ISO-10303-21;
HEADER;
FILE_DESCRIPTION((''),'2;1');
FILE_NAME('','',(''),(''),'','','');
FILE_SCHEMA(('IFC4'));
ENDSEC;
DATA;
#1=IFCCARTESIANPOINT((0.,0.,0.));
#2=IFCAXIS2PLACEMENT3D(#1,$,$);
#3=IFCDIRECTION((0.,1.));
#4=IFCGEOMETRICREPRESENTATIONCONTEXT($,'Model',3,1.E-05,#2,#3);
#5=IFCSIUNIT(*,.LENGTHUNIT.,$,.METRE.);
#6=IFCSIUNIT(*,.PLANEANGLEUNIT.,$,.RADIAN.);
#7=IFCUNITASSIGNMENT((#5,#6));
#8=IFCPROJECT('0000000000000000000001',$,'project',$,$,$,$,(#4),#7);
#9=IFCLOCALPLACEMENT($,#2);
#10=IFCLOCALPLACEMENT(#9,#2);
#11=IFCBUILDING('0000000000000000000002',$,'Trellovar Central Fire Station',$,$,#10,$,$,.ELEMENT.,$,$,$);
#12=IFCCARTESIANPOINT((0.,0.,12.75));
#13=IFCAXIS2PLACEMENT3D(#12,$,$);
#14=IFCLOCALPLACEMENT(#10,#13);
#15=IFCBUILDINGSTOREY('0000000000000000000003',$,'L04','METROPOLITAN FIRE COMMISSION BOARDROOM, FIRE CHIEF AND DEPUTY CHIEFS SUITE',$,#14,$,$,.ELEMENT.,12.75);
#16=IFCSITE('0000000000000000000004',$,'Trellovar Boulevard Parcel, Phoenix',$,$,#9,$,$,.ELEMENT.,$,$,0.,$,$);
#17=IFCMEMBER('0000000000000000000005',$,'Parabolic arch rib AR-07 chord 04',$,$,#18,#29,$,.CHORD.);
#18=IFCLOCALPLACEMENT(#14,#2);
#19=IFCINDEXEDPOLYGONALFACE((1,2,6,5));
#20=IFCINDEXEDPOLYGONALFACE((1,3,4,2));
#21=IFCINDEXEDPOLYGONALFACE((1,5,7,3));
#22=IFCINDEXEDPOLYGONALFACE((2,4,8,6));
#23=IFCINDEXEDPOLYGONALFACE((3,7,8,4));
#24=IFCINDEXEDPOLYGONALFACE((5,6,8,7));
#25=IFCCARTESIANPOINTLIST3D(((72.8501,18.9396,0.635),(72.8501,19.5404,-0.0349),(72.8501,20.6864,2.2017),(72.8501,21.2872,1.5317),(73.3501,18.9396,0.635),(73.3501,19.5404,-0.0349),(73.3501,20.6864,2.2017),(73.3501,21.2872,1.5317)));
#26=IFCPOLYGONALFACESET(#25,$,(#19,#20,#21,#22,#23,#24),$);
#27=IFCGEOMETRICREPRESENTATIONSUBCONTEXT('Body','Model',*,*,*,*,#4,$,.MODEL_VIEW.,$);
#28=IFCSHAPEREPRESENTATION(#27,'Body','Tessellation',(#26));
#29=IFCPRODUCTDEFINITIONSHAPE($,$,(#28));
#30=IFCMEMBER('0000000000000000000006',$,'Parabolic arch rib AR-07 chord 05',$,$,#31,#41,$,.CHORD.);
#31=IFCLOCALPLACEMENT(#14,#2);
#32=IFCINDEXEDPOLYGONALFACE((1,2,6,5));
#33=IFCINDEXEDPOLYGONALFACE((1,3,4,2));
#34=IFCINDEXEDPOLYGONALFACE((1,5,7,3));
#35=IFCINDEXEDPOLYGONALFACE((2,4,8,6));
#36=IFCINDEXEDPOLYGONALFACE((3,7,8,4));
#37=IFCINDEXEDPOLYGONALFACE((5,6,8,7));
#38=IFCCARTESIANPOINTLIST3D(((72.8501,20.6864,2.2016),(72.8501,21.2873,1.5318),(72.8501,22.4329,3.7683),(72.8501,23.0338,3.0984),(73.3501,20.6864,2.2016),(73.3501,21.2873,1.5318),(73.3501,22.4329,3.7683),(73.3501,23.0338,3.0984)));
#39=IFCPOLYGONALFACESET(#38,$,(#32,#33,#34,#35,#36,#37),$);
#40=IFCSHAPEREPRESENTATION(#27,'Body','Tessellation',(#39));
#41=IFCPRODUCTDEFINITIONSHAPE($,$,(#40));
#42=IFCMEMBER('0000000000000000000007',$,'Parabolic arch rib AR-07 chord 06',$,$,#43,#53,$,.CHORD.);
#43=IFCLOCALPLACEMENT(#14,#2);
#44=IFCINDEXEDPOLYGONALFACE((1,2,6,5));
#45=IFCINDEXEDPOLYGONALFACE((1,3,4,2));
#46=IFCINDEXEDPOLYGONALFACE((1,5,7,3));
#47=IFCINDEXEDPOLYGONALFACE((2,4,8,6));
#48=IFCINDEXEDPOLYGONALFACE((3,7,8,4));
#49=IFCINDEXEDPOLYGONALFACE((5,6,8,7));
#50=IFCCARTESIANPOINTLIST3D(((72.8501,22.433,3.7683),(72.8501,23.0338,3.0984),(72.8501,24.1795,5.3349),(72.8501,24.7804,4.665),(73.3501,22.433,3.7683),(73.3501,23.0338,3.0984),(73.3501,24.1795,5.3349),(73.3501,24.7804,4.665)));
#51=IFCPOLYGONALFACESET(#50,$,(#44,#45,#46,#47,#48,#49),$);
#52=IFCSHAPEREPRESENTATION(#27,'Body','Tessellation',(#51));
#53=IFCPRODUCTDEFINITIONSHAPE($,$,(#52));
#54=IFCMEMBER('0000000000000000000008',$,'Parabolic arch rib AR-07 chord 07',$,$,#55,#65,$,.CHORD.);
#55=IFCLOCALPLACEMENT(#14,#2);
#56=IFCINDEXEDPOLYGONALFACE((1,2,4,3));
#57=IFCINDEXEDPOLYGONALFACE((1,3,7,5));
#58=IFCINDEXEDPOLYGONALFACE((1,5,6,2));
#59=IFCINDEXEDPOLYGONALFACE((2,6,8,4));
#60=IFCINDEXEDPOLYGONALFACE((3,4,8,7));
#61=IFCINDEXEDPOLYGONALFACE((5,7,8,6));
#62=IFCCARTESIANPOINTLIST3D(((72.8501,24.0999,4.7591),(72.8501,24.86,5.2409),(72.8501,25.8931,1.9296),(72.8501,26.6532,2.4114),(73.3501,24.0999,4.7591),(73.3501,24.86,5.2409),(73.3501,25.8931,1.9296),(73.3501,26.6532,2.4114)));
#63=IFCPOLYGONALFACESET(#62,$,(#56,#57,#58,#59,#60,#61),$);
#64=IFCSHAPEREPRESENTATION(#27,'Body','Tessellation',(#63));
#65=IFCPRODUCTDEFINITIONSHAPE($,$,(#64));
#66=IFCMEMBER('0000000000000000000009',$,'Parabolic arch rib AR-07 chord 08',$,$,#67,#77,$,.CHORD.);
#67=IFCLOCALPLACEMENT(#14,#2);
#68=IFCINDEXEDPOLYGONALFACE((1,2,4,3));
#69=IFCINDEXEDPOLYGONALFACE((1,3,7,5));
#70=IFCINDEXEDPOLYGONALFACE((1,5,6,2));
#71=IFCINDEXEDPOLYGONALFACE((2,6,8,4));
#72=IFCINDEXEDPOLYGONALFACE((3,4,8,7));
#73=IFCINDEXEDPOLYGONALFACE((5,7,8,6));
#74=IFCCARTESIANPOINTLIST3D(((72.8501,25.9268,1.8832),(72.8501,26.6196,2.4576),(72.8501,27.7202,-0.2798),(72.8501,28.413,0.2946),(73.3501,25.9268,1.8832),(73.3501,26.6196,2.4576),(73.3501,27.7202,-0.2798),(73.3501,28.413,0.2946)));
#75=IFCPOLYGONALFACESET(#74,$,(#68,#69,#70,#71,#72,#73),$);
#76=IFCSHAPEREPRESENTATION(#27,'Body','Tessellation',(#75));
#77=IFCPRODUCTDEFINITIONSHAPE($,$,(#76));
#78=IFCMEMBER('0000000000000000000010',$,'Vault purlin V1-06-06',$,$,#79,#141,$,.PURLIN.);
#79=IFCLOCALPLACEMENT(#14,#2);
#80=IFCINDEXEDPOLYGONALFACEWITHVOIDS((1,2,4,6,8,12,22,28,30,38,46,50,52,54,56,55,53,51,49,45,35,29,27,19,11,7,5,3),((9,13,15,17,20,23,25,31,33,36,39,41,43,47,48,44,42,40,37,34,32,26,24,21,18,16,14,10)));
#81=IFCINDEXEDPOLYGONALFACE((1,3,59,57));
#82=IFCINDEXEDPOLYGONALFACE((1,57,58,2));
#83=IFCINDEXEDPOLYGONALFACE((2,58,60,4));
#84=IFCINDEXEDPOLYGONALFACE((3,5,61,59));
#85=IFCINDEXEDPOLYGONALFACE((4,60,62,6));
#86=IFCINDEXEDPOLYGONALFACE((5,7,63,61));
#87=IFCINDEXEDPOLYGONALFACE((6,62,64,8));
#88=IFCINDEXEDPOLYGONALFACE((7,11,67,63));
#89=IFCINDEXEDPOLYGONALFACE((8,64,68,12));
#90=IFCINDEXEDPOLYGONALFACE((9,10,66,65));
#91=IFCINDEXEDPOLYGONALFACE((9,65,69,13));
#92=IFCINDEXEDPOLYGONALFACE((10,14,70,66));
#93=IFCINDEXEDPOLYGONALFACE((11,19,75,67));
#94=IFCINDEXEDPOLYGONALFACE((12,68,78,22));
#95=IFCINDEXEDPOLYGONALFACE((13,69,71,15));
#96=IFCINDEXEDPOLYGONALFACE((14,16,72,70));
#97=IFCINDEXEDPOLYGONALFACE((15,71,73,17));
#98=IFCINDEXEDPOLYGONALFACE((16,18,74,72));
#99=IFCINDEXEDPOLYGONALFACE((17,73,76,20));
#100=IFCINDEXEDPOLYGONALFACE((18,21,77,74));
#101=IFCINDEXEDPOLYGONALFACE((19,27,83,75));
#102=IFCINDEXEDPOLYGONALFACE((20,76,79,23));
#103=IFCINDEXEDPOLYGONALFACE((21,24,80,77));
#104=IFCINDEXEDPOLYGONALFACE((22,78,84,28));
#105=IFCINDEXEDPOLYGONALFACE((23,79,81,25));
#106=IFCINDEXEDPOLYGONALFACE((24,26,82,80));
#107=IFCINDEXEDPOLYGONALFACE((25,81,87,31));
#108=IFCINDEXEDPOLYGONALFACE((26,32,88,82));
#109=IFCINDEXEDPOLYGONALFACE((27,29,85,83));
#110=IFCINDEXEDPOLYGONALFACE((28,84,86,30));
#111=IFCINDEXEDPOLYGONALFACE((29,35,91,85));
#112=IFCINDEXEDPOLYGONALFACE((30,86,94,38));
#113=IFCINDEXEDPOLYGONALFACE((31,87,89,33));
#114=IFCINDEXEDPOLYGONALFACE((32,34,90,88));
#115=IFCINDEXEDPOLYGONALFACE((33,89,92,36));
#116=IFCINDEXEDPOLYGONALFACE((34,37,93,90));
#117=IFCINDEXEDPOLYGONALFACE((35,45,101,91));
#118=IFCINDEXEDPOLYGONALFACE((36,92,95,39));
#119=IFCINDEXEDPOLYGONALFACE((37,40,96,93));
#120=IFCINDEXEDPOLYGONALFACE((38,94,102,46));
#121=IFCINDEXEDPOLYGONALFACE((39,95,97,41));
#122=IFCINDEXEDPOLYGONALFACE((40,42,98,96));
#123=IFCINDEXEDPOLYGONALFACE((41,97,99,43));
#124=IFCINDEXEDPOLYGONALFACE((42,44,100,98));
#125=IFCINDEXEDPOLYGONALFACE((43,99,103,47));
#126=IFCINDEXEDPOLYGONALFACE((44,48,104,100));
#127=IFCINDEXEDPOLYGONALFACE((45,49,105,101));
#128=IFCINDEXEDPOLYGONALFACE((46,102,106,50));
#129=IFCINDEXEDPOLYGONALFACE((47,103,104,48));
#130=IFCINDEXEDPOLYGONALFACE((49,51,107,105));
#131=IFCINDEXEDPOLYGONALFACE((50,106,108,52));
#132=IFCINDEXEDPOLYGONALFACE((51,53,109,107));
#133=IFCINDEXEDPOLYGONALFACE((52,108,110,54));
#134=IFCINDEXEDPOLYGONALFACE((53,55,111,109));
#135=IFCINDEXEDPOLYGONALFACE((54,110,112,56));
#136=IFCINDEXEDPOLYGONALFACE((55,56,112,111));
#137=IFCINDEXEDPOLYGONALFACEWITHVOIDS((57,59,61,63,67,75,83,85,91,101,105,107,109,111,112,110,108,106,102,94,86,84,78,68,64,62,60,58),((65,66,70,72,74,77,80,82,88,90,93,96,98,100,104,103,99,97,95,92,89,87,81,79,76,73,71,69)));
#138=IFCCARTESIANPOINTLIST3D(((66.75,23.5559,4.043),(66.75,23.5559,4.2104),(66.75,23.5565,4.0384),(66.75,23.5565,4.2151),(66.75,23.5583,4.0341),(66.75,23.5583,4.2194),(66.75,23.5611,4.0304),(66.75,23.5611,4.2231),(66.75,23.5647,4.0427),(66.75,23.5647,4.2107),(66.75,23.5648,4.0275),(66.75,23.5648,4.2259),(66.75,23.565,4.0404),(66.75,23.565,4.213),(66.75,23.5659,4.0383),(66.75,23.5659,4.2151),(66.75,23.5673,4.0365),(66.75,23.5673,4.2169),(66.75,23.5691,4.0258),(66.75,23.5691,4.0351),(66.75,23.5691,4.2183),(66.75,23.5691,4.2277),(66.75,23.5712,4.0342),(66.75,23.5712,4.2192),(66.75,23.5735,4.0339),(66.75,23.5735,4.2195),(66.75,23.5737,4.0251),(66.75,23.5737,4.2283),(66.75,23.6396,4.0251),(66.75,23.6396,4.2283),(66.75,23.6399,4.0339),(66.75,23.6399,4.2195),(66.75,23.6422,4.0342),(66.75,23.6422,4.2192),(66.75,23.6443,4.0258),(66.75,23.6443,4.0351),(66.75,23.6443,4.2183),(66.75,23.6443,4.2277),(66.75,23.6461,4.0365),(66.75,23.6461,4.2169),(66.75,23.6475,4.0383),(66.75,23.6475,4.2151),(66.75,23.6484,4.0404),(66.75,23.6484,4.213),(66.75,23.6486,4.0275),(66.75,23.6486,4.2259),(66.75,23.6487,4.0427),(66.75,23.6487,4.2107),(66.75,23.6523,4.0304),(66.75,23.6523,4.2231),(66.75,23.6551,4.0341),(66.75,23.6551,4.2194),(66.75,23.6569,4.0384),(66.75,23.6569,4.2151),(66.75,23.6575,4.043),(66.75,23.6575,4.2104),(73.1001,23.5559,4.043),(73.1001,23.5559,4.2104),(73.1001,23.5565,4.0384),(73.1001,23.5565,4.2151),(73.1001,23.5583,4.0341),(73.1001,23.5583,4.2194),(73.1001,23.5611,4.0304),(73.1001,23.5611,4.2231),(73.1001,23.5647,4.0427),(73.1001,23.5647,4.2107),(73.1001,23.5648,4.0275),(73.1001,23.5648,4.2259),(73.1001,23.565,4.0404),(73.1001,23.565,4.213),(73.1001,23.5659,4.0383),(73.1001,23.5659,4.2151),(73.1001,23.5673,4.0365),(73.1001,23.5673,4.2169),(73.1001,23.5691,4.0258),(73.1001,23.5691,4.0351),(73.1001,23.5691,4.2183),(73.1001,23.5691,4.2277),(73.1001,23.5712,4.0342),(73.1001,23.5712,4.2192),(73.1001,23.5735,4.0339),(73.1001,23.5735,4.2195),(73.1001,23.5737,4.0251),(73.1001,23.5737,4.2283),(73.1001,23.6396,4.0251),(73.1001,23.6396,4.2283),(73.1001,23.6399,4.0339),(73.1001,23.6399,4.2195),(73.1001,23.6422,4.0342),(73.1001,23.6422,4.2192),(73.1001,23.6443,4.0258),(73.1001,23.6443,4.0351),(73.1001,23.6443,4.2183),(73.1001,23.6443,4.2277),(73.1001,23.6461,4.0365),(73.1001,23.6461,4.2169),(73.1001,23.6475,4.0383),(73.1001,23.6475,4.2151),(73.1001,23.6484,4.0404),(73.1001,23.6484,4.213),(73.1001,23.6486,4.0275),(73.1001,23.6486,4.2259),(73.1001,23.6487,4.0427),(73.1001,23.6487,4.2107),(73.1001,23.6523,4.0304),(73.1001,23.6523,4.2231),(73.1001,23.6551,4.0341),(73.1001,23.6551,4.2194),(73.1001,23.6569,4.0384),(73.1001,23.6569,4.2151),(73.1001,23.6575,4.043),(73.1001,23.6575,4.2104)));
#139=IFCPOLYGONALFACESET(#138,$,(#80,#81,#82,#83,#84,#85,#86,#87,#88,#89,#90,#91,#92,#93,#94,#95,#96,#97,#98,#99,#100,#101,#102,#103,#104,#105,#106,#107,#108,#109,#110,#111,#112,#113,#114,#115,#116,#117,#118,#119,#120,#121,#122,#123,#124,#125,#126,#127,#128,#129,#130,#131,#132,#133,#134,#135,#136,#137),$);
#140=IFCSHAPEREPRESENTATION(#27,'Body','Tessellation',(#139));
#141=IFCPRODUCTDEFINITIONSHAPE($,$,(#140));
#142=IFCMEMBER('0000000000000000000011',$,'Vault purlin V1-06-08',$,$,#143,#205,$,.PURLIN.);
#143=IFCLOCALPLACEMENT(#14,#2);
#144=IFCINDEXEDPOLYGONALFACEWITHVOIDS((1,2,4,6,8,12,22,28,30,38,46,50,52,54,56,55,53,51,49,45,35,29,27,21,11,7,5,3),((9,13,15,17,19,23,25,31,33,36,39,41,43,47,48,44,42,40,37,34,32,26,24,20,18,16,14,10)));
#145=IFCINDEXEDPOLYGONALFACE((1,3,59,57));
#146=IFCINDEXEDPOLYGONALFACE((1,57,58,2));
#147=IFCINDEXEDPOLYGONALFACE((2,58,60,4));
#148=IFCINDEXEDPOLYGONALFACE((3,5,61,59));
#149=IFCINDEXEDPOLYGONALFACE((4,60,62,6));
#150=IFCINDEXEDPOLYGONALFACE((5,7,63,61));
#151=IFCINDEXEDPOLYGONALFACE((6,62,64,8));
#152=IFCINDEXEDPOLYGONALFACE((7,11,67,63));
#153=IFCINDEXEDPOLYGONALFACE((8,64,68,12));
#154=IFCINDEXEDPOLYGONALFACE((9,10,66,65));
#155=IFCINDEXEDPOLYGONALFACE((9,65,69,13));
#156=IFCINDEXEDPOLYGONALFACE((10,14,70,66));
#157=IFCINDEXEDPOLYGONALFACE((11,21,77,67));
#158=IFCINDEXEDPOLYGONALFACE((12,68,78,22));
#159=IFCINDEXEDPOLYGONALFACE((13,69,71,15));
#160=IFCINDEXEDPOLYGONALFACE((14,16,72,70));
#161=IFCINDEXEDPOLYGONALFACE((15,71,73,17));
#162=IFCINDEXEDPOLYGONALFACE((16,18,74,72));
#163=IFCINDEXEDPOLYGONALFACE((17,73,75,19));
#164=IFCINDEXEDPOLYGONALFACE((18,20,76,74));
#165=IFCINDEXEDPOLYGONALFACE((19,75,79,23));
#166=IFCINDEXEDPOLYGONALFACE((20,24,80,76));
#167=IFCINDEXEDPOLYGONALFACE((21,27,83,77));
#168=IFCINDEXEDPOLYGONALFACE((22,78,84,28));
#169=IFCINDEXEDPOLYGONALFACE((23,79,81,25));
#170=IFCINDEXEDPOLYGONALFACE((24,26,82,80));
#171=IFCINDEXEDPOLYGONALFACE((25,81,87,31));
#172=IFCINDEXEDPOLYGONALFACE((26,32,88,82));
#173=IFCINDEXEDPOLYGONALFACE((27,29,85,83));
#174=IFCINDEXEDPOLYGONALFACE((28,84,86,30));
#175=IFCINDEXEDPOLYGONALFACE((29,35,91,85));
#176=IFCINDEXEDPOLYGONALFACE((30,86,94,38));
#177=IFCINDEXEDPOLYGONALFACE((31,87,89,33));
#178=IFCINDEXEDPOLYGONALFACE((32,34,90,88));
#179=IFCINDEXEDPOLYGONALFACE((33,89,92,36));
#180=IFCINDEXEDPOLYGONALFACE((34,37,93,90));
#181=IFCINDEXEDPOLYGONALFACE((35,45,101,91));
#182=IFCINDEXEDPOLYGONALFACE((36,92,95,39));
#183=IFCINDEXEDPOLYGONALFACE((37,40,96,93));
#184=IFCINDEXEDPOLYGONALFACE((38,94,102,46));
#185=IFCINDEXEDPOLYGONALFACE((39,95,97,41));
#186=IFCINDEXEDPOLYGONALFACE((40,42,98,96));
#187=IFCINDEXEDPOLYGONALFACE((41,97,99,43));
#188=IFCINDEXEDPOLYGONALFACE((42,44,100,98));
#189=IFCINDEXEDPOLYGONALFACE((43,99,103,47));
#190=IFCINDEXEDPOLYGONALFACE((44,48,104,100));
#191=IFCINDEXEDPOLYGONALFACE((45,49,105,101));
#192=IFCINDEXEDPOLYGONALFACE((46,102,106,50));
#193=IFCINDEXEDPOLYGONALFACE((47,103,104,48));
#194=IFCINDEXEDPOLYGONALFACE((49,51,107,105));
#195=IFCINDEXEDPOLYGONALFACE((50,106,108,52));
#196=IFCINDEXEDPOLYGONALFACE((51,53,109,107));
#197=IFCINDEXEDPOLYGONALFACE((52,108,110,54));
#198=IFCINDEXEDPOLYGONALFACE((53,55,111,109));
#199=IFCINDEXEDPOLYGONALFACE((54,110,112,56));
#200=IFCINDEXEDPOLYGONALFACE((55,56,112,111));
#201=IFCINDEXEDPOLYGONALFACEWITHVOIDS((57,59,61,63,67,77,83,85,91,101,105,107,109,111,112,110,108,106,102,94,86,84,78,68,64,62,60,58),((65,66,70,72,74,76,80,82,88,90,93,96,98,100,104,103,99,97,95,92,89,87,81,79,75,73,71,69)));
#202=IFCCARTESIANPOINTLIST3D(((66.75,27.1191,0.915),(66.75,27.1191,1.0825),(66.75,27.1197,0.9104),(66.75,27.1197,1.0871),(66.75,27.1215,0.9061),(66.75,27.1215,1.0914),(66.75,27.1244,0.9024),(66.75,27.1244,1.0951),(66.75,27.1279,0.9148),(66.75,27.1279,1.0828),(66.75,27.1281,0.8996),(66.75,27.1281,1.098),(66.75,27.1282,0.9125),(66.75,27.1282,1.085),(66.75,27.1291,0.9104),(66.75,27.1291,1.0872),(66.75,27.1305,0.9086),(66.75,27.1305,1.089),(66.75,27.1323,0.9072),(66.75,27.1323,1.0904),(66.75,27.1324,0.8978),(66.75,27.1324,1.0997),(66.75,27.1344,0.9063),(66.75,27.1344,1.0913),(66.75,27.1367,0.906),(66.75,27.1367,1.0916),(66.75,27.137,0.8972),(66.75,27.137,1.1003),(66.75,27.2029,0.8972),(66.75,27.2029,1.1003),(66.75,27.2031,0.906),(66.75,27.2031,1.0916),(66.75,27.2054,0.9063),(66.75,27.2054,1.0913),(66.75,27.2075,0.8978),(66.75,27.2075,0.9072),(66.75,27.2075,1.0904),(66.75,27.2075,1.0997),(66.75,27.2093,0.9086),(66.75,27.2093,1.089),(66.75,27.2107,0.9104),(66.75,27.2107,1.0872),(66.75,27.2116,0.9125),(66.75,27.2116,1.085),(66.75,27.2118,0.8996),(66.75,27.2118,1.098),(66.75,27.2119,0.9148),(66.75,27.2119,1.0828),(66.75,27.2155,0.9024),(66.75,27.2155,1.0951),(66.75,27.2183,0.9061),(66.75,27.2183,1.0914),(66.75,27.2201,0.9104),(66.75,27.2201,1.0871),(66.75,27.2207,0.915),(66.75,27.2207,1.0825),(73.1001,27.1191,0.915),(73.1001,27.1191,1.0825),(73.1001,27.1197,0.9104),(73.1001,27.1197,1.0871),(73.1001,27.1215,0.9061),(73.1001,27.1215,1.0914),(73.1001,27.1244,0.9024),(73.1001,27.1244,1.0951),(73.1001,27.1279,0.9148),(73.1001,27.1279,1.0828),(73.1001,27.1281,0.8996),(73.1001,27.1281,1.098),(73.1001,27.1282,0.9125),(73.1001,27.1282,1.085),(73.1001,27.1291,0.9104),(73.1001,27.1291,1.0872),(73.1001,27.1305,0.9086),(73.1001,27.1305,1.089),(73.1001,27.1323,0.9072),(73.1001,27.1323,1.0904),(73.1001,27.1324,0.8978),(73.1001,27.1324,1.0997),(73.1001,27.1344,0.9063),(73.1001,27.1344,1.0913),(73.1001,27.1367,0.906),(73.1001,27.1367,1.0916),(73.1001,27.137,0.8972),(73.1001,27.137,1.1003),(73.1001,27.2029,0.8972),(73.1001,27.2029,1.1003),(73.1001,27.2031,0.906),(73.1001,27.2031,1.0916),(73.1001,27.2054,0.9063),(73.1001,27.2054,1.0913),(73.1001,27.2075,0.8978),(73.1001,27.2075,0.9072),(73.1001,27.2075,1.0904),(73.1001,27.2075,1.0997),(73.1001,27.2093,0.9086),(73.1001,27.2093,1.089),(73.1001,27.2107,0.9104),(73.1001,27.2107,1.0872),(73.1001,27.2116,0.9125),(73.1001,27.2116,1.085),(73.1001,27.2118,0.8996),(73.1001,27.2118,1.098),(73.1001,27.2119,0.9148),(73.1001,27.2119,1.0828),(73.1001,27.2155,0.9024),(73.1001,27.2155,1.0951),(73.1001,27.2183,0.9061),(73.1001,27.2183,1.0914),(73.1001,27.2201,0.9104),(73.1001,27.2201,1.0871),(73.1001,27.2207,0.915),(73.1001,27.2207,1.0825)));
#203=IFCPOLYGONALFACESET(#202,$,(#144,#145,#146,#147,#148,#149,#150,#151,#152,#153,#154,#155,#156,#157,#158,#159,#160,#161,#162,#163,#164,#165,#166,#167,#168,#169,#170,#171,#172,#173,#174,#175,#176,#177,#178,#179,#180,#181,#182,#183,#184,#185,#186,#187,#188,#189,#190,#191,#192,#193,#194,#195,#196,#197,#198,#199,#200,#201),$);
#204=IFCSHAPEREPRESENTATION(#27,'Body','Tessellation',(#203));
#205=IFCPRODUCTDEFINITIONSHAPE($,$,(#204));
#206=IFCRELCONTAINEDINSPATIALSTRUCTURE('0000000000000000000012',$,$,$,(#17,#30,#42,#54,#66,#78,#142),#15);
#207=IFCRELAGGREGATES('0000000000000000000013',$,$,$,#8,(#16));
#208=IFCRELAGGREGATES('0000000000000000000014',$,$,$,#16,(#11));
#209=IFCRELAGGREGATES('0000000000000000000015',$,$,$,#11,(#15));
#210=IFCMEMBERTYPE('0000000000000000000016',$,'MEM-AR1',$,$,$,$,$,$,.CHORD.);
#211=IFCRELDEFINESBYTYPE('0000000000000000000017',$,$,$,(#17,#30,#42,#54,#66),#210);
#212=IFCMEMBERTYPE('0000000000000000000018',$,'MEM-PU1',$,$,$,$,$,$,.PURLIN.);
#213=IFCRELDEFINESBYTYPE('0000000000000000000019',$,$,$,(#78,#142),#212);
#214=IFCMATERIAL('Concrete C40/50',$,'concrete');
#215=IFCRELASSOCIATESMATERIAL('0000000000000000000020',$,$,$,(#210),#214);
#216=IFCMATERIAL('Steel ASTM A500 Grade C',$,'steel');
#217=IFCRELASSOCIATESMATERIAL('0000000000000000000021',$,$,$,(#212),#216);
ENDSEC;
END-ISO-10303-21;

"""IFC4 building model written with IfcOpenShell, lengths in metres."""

from ifc_helpers import new_model, si_unit, direction, frame, origin, origin_2d, place, context, subcontext, project, spatial, rectangle, hollow_rectangle, extrude, material, material_profile, profile_set, type_object, element, save


model = new_model("IFC4")

# Units and contexts
model_context = context("Model", 3, precision=1e-05, world=origin(), true_north=direction((0.0, 1.0)))
body_context = subcontext(model_context, "Body", "Model", "MODEL_VIEW")
ifc_project = project(units=[si_unit("LENGTHUNIT", "METRE"), si_unit("PLANEANGLEUNIT", "RADIAN")], contexts=[model_context])

# Site, building, storey
site_placement = place(None, origin())
site = spatial("IfcSite", under=ifc_project, at=site_placement, Name="Trellovar Boulevard Parcel, Phoenix", CompositionType="ELEMENT", RefElevation=0.0)
building_placement = place(site_placement, origin())
building = spatial("IfcBuilding", under=site, at=building_placement, Name="Trellovar Central Fire Station", CompositionType="ELEMENT")
storey_placement = place(building_placement, frame((0.0, 0.0, 12.75)))
storey = spatial("IfcBuildingStorey", under=building, at=storey_placement, Name="L04", Description="METROPOLITAN FIRE COMMISSION BOARDROOM, FIRE CHIEF AND DEPUTY CHIEFS SUITE", CompositionType="ELEMENT", Elevation=12.75)

# Members
ifc_material_1 = material(Name="Concrete C40/50", Category="concrete")
ifc_material_profile_1 = material_profile(ifc_material_1, rectangle(XDim=0.5, YDim=0.8999, at=origin_2d()), Name="RC500X900")
ifc_profile_set_1 = profile_set([ifc_material_profile_1], Name="Concrete C40/50")
member_type_1 = type_object("IfcMemberType", Name="MEM-AR1", PredefinedType="CHORD", material=ifc_profile_set_1)
member_1_placement = place(storey_placement, frame((73.1001, 19.24, 0.3), z_axis=(0.0, 0.744457, 0.66767), x_axis=(-1.0, 0.0, 0.0)))
element("IfcMember", 1, at=member_1_placement, inside=storey, type_object=member_type_1, Name="Parabolic arch rib AR-07 chord 04", PredefinedType="CHORD", context=body_context, shape_type="SweptSolid", body=[
    extrude(rectangle(XDim=0.5, YDim=0.8999, at=origin_2d()), origin(), (0.0, 0.0, 1.0), 2.3464),
])
for number, where, z_axis, x_axis, name in (
    (2, (73.1001, 20.9868, 1.8667), (0.0, 0.744411, 0.667722), (-1.0, 0.0, 0.0), "Parabolic arch rib AR-07 chord 05"),
    (3, (73.1001, 22.7334, 3.4333), (0.0, 0.744411, 0.667722), (-1.0, 0.0, 0.0), "Parabolic arch rib AR-07 chord 06"),
):
    element("IfcMember", number, at=place(storey_placement, frame(where, z_axis=z_axis, x_axis=x_axis)), inside=storey, type_object=member_type_1, Name=name, PredefinedType="CHORD", context=body_context, shape_type="SweptSolid", body=[
        extrude(rectangle(XDim=0.5, YDim=0.8999, at=origin_2d()), origin(), (0.0, 0.0, 1.0), 2.3462),
    ])
member_2_placement = place(storey_placement, frame((73.1001, 24.48, 5.0), z_axis=(0.0, 0.535295, -0.844665), x_axis=(-1.0, 0.0, 0.0)))
element("IfcMember", 4, at=member_2_placement, inside=storey, type_object=member_type_1, Name="Parabolic arch rib AR-07 chord 07", PredefinedType="CHORD", context=body_context, shape_type="SweptSolid", body=[
    extrude(rectangle(XDim=0.5, YDim=0.8999, at=origin_2d()), origin(), (0.0, 0.0, 1.0), 3.3499),
])
member_3_placement = place(storey_placement, frame((73.1001, 26.2732, 2.1704), z_axis=(0.0, 0.638268, -0.769814), x_axis=(-1.0, 0.0, 0.0)))
element("IfcMember", 5, at=member_3_placement, inside=storey, type_object=member_type_1, Name="Parabolic arch rib AR-07 chord 08", PredefinedType="CHORD", context=body_context, shape_type="SweptSolid", body=[
    extrude(rectangle(XDim=0.5, YDim=0.8999, at=origin_2d()), origin(), (0.0, 0.0, 1.0), 2.8098),
])
ifc_material_2 = material(Name="Steel ASTM A500 Grade C", Category="steel")
ifc_material_profile_2 = material_profile(ifc_material_2, hollow_rectangle(XDim=0.1016, YDim=0.2031, WallThickness=0.0088, InnerFilletRadius=0.0088, OuterFilletRadius=0.0178, at=origin_2d()), Name="HSS8X4X3/8")
ifc_profile_set_2 = profile_set([ifc_material_profile_2], Name="Steel ASTM A500 Grade C")
member_type_2 = type_object("IfcMemberType", Name="MEM-PU1", PredefinedType="PURLIN", material=ifc_profile_set_2)
for number, where, z_axis, x_axis, name in (
    (6, (66.75, 23.6067, 4.1267), (1.0, 0.0, 0.0), (0.0, 1.0, 0.0), "Vault purlin V1-06-06"),
    (7, (66.75, 27.1699, 0.9988), (1.0, 0.0, 0.0), (0.0, 1.0, 0.0), "Vault purlin V1-06-08"),
):
    element("IfcMember", number, at=place(storey_placement, frame(where, z_axis=z_axis, x_axis=x_axis)), inside=storey, type_object=member_type_2, Name=name, PredefinedType="PURLIN", context=body_context, shape_type="SweptSolid", body=[
        extrude(hollow_rectangle(XDim=0.1016, YDim=0.2031, WallThickness=0.0088, InnerFilletRadius=0.0088, OuterFilletRadius=0.0178, at=origin_2d()), origin(), (0.0, 0.0, 1.0), 6.3501),
    ])

save(model, "model.ifc")
